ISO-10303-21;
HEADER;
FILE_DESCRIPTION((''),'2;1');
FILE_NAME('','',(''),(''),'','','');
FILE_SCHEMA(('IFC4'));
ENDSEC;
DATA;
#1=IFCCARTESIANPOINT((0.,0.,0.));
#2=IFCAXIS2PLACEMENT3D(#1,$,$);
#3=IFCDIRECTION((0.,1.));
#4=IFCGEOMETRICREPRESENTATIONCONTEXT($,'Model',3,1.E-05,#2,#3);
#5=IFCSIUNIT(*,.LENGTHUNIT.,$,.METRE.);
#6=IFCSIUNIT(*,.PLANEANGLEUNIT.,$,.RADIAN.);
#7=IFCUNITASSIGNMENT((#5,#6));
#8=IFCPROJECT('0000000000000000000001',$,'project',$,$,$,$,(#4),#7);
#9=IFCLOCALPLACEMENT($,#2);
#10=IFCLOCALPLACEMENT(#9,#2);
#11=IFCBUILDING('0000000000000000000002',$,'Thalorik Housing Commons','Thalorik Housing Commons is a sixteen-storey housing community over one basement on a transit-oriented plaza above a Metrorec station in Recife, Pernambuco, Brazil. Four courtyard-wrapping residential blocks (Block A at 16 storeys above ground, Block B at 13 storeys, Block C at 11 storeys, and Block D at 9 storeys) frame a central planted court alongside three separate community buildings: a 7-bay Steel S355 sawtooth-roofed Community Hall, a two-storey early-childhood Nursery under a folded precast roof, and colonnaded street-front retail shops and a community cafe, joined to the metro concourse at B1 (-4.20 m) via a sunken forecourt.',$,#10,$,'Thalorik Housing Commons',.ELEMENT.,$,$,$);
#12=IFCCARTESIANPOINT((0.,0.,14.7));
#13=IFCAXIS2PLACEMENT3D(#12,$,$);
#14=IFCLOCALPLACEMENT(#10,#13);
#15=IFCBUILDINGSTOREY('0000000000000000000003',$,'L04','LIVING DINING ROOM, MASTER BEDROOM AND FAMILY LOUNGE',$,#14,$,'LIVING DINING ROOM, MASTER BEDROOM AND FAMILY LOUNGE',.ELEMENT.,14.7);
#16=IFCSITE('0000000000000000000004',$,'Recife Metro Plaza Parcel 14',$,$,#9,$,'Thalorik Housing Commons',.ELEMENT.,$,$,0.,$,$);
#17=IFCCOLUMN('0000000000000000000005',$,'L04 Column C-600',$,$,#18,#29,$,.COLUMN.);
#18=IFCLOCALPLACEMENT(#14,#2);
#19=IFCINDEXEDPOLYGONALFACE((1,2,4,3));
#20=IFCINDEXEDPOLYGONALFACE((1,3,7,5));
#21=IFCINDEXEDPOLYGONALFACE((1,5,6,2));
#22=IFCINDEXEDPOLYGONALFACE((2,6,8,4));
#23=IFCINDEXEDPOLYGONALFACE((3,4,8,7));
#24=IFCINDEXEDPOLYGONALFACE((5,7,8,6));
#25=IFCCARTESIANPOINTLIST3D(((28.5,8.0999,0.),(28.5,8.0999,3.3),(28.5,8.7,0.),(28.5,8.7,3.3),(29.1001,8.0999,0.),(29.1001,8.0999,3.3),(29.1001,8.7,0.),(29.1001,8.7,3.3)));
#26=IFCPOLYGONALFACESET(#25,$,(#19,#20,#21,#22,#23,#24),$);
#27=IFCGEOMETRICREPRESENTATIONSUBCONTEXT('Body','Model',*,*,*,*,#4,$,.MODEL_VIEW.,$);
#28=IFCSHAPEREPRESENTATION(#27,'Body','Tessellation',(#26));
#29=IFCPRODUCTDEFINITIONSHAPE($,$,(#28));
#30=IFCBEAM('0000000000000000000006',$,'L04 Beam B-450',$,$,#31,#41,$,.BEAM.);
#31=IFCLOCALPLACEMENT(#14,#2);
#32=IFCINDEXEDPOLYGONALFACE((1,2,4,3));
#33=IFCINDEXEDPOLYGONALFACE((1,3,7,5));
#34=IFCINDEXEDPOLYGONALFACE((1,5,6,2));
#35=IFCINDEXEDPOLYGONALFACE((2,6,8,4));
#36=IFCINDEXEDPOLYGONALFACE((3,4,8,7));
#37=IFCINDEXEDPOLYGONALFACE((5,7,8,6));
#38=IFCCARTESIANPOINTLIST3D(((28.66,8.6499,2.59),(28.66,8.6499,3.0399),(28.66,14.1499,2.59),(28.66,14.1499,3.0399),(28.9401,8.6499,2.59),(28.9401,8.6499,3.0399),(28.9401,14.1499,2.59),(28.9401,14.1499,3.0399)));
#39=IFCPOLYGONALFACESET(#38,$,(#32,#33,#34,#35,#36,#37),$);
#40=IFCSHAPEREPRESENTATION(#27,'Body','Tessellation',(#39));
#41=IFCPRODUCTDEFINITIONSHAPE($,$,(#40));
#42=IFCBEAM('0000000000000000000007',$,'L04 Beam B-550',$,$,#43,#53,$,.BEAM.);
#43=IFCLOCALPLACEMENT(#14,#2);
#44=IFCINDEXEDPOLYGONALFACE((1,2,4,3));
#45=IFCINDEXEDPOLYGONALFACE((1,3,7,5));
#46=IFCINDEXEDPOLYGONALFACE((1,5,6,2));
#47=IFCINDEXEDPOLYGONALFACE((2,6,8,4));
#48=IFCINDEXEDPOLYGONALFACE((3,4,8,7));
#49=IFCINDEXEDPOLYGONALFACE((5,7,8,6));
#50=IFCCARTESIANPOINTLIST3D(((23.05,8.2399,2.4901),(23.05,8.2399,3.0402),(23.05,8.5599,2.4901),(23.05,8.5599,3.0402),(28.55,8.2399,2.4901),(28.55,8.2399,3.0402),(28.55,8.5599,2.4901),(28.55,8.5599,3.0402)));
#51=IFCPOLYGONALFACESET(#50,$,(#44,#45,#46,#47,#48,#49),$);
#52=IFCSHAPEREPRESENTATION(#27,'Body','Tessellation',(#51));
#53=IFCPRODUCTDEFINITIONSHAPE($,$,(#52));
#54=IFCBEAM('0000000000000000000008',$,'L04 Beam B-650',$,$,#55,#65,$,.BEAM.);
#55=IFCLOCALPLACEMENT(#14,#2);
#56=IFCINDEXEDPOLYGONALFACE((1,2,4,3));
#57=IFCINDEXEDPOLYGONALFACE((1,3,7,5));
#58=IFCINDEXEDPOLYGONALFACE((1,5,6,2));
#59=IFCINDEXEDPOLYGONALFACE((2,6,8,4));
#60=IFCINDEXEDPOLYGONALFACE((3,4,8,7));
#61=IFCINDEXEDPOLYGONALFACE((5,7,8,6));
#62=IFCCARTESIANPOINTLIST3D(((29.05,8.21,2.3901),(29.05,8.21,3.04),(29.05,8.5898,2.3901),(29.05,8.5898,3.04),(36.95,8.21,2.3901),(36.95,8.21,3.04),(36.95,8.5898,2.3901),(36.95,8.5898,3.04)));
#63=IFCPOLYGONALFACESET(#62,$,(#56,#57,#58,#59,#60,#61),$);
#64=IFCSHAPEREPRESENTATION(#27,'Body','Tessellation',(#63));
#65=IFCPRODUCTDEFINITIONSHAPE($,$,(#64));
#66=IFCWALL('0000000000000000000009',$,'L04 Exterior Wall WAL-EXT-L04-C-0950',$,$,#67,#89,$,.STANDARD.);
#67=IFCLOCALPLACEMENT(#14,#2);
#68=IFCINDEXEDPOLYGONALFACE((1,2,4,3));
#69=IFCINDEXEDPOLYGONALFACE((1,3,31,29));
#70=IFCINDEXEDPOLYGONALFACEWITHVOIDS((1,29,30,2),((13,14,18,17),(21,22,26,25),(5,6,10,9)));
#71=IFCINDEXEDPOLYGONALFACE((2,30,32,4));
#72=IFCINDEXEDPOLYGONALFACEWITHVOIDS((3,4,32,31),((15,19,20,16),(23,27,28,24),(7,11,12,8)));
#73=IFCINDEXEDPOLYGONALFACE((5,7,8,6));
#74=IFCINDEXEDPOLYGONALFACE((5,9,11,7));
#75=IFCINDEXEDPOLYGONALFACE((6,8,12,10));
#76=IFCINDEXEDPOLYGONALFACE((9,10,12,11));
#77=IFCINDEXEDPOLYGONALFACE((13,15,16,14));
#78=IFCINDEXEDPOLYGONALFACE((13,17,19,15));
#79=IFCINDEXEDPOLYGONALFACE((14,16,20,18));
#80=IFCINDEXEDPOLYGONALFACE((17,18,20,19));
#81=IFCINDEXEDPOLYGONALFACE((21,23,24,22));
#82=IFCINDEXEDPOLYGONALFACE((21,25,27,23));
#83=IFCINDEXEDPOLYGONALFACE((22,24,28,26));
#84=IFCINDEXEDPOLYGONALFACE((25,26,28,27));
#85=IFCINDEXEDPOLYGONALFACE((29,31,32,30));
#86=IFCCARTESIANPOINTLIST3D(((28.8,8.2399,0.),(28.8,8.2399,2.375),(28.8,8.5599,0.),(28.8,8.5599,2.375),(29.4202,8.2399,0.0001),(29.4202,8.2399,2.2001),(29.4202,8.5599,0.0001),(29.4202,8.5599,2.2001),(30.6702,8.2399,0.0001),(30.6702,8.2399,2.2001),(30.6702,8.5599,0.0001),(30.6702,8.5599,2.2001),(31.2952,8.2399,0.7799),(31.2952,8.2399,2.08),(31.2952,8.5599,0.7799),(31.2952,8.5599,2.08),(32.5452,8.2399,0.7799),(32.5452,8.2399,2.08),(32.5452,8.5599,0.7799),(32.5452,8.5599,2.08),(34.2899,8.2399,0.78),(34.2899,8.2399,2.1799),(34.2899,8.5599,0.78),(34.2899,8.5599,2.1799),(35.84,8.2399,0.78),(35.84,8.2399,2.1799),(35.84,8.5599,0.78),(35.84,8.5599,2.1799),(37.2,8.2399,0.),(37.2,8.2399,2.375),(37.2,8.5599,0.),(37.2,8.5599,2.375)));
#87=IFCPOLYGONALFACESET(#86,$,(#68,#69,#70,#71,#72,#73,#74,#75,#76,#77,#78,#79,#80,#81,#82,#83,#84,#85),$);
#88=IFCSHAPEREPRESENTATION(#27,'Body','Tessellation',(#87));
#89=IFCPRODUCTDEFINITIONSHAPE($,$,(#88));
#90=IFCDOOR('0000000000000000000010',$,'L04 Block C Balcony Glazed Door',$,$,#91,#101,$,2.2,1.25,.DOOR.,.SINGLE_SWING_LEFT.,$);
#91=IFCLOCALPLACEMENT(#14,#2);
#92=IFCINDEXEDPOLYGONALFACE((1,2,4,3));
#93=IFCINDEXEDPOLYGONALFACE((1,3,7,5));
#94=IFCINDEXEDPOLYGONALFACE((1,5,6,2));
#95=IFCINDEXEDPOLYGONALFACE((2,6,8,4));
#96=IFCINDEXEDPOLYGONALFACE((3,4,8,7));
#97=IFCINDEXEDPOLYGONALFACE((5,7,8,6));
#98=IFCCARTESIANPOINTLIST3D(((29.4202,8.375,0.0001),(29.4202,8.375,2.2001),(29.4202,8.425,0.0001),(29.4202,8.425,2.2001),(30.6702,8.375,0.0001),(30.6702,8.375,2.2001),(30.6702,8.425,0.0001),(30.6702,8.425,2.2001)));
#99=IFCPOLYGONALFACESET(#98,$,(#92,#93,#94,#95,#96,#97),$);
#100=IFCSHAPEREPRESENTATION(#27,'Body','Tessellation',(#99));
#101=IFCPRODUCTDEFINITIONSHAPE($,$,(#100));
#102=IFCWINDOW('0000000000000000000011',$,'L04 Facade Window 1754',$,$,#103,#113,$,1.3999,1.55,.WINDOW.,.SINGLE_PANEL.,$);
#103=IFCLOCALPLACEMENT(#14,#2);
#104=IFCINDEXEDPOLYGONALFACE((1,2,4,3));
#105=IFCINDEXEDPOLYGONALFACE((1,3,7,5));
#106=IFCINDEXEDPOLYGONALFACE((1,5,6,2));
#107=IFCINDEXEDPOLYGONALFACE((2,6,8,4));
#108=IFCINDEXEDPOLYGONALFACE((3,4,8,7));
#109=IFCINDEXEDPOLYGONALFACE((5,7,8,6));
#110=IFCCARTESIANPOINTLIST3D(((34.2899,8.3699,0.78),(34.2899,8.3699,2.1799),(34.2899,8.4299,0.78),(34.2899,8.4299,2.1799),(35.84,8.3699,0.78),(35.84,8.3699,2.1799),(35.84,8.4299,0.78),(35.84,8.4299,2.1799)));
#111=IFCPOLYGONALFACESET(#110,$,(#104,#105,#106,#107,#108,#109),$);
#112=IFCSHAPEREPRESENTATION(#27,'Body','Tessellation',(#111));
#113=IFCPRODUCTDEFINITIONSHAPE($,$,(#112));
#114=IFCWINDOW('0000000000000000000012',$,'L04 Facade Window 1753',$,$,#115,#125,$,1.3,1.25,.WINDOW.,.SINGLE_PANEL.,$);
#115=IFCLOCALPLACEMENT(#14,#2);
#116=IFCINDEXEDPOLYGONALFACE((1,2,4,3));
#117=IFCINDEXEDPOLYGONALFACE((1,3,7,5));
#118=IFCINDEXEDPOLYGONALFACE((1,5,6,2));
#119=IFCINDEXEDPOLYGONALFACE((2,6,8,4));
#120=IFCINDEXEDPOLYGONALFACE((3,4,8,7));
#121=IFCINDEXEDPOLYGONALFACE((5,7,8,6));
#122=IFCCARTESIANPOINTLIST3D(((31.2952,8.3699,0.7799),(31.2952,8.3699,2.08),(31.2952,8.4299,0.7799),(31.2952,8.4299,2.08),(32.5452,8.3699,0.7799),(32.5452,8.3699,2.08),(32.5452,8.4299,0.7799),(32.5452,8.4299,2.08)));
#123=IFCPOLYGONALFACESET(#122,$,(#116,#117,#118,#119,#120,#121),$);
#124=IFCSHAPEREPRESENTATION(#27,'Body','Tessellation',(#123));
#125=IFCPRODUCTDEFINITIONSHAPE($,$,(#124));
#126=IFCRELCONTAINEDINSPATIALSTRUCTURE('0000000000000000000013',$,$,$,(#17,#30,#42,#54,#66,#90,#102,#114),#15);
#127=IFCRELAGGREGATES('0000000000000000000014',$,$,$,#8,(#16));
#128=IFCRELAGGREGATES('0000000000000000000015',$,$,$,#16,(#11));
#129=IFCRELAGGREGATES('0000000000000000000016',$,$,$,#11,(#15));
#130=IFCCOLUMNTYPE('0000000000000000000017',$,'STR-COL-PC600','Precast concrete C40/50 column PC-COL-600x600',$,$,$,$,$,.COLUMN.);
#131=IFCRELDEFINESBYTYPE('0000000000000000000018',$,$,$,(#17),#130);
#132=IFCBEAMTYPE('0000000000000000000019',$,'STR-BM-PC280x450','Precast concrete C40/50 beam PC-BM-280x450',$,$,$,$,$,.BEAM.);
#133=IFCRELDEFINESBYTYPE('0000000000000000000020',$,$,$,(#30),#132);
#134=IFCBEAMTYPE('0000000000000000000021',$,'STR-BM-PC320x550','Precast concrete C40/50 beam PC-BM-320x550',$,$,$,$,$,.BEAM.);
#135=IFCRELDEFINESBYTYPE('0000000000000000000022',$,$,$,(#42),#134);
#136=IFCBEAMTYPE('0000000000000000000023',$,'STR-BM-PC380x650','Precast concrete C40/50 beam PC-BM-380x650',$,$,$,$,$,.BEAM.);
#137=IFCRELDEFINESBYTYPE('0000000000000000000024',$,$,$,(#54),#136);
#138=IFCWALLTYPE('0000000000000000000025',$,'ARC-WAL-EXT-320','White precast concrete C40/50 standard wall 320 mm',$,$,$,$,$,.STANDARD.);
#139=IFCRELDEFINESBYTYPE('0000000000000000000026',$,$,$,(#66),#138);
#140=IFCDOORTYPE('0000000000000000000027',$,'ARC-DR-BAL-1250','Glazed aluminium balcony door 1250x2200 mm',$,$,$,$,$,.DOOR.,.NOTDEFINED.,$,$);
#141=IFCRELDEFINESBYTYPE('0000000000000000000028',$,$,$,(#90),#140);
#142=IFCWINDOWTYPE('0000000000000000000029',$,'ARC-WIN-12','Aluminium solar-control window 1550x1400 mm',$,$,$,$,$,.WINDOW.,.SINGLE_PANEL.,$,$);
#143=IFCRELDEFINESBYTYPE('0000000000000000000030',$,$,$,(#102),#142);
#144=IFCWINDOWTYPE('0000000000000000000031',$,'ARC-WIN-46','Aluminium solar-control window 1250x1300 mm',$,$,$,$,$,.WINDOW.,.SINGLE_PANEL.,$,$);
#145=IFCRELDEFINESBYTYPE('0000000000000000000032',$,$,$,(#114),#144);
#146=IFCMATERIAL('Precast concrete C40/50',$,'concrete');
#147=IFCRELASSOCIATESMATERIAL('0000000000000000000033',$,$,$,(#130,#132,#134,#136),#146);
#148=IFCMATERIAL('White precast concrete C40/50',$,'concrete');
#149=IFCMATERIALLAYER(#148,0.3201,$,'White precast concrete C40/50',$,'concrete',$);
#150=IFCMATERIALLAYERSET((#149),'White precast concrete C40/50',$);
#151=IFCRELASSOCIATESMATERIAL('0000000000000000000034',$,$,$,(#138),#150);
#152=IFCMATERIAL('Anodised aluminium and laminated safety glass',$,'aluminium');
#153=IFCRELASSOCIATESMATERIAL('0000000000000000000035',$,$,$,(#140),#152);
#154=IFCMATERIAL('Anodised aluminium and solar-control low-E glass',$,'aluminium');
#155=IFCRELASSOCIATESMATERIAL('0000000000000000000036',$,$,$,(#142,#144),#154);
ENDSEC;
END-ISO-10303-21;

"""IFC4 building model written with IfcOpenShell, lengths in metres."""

from ifc_helpers import new_model, si_unit, direction, frame, frame_2d, origin, origin_2d, place, context, subcontext, project, spatial, rectangle, extrude, material, layer, layer_set, material_profile, profile_set, type_object, element, fill, save


model = new_model("IFC4")

# Units and contexts
model_context = context("Model", 3, precision=1e-05, world=origin(), true_north=direction((0.0, 1.0)))
body_context = subcontext(model_context, "Body", "Model", "MODEL_VIEW")
ifc_project = project(units=[si_unit("LENGTHUNIT", "METRE"), si_unit("PLANEANGLEUNIT", "RADIAN")], contexts=[model_context])

# Site, building, storey
site_placement = place(None, origin())
site = spatial("IfcSite", under=ifc_project, at=site_placement, Name="Recife Metro Plaza Parcel 14", LongName="Thalorik Housing Commons", CompositionType="ELEMENT", RefElevation=0.0)
building_placement = place(site_placement, origin())
building = spatial("IfcBuilding", under=site, at=building_placement, Name="Thalorik Housing Commons", Description="Thalorik Housing Commons is a sixteen-storey housing community over one basement on a transit-oriented plaza above a Metrorec station in Recife, Pernambuco, Brazil. Four courtyard-wrapping residential blocks (Block A at 16 storeys above ground, Block B at 13 storeys, Block C at 11 storeys, and Block D at 9 storeys) frame a central planted court alongside three separate community buildings: a 7-bay Steel S355 sawtooth-roofed Community Hall, a two-storey early-childhood Nursery under a folded precast roof, and colonnaded street-front retail shops and a community cafe, joined to the metro concourse at B1 (-4.20 m) via a sunken forecourt.", LongName="Thalorik Housing Commons", CompositionType="ELEMENT")
storey_placement = place(building_placement, frame((0.0, 0.0, 14.7)))
storey = spatial("IfcBuildingStorey", under=building, at=storey_placement, Name="L04", Description="LIVING DINING ROOM, MASTER BEDROOM AND FAMILY LOUNGE", LongName="LIVING DINING ROOM, MASTER BEDROOM AND FAMILY LOUNGE", CompositionType="ELEMENT", Elevation=14.7)

# Column
ifc_material_1 = material(Name="Precast concrete C40/50", Category="concrete")
ifc_material_profile_1 = material_profile(ifc_material_1, rectangle(XDim=0.6001, YDim=0.6001, at=origin_2d()), Name="PC 600x600", Category="concrete")
ifc_profile_set_1 = profile_set([ifc_material_profile_1], Name="Precast concrete C40/50")
column_type = type_object("IfcColumnType", Name="STR-COL-PC600", Description="Precast concrete C40/50 column PC-COL-600x600", PredefinedType="COLUMN", material=ifc_profile_set_1)
column_placement = place(storey_placement, frame((28.8, 8.3999, 0.0), z_axis=(0.0, 0.0, 1.0), x_axis=(1.0, 0.0, 0.0)))
element("IfcColumn", 1, at=column_placement, inside=storey, type_object=column_type, Name="L04 Column C-600", PredefinedType="COLUMN", context=body_context, shape_type="SweptSolid", body=[
    extrude(rectangle(XDim=0.6001, YDim=0.6001, at=origin_2d()), origin(), (0.0, 0.0, 1.0), 3.3),
])

# Beams
ifc_material_profile_2 = material_profile(ifc_material_1, rectangle(XDim=0.28, YDim=0.45, at=origin_2d()), Name="PC 280x450", Category="concrete")
ifc_profile_set_2 = profile_set([ifc_material_profile_2], Name="Precast concrete C40/50")
beam_type_1 = type_object("IfcBeamType", Name="STR-BM-PC280x450", Description="Precast concrete C40/50 beam PC-BM-280x450", PredefinedType="BEAM", material=ifc_profile_set_2)
beam_1_placement = place(storey_placement, frame((28.8, 8.6499, 2.8149), z_axis=(0.0, 1.0, 0.0), x_axis=(-1.0, 0.0, 0.0)))
element("IfcBeam", 2, at=beam_1_placement, inside=storey, type_object=beam_type_1, Name="L04 Beam B-450", PredefinedType="BEAM", context=body_context, shape_type="SweptSolid", body=[
    extrude(rectangle(XDim=0.28, YDim=0.45, at=origin_2d()), origin(), (0.0, 0.0, 1.0), 5.5),
])
ifc_material_profile_3 = material_profile(ifc_material_1, rectangle(XDim=0.3201, YDim=0.55, at=origin_2d()), Name="PC 320x550", Category="concrete")
ifc_profile_set_3 = profile_set([ifc_material_profile_3], Name="Precast concrete C40/50")
beam_type_2 = type_object("IfcBeamType", Name="STR-BM-PC320x550", Description="Precast concrete C40/50 beam PC-BM-320x550", PredefinedType="BEAM", material=ifc_profile_set_3)
beam_2_placement = place(storey_placement, frame((23.05, 8.3999, 2.7651), z_axis=(1.0, 0.0, 0.0), x_axis=(0.0, 1.0, 0.0)))
element("IfcBeam", 3, at=beam_2_placement, inside=storey, type_object=beam_type_2, Name="L04 Beam B-550", PredefinedType="BEAM", context=body_context, shape_type="SweptSolid", body=[
    extrude(rectangle(XDim=0.3201, YDim=0.55, at=origin_2d()), origin(), (0.0, 0.0, 1.0), 5.5),
])
ifc_material_profile_4 = material_profile(ifc_material_1, rectangle(XDim=0.3799, YDim=0.6499, at=origin_2d()), Name="PC 380x650", Category="concrete")
ifc_profile_set_4 = profile_set([ifc_material_profile_4], Name="Precast concrete C40/50")
beam_type_3 = type_object("IfcBeamType", Name="STR-BM-PC380x650", Description="Precast concrete C40/50 beam PC-BM-380x650", PredefinedType="BEAM", material=ifc_profile_set_4)
beam_3_placement = place(storey_placement, frame((29.05, 8.3999, 2.7151), z_axis=(1.0, 0.0, 0.0), x_axis=(0.0, 1.0, 0.0)))
element("IfcBeam", 4, at=beam_3_placement, inside=storey, type_object=beam_type_3, Name="L04 Beam B-650", PredefinedType="BEAM", context=body_context, shape_type="SweptSolid", body=[
    extrude(rectangle(XDim=0.3799, YDim=0.6499, at=origin_2d()), origin(), (0.0, 0.0, 1.0), 7.8999),
])

# Wall, openings, door, windows
ifc_material_2 = material(Name="White precast concrete C40/50", Category="concrete")
ifc_layer_1 = layer(ifc_material_2, 0.3201, Name="White precast concrete C40/50", Category="concrete")
ifc_layer_set_1 = layer_set([ifc_layer_1], Name="White precast concrete C40/50")
wall_type_1 = type_object("IfcWallType", Name="ARC-WAL-EXT-320", Description="White precast concrete C40/50 standard wall 320 mm", PredefinedType="STANDARD", material=ifc_layer_set_1)
wall_1_placement = place(storey_placement, frame((28.8, 8.3999, 0.0), z_axis=(0.0, 0.0, 1.0), x_axis=(1.0, 0.0, 0.0)))
wall_1 = element("IfcWall", 5, at=wall_1_placement, inside=storey, type_object=wall_type_1, Name="L04 Exterior Wall WAL-EXT-L04-C-0950", PredefinedType="STANDARD", context=body_context, shape_type="SweptSolid", body=[
    extrude(rectangle(XDim=8.3999, YDim=0.3201, at=frame_2d((4.2, 0.0))), origin(), (0.0, 0.0, 1.0), 2.375),
])
opening_1_placement = place(wall_1_placement, frame((0.6201, 0.0, 0.0)))
opening_1 = element("IfcOpeningElement", 6, at=opening_1_placement, cuts=wall_1, PredefinedType="OPENING", context=body_context, shape_type="SweptSolid", body=[
    extrude(rectangle(XDim=1.25, YDim=2.2, at=frame_2d((0.625, 1.1001))), frame((0.0, 0.1699, 0.0), z_axis=(0.0, -1.0, 0.0), x_axis=(1.0, 0.0, 0.0)), (0.0, 0.0, 1.0), 0.3401),
])
opening_2_placement = place(wall_1_placement, frame((2.4951, 0.0, 0.78)))
opening_2 = element("IfcOpeningElement", 7, at=opening_2_placement, cuts=wall_1, PredefinedType="OPENING", context=body_context, shape_type="SweptSolid", body=[
    extrude(rectangle(XDim=1.25, YDim=1.3, at=frame_2d((0.625, 0.6499))), frame((0.0, 0.1699, 0.0), z_axis=(0.0, -1.0, 0.0), x_axis=(1.0, 0.0, 0.0)), (0.0, 0.0, 1.0), 0.3401),
])
opening_3_placement = place(wall_1_placement, frame((5.49, 0.0, 0.78)))
opening_3 = element("IfcOpeningElement", 8, at=opening_3_placement, cuts=wall_1, PredefinedType="OPENING", context=body_context, shape_type="SweptSolid", body=[
    extrude(rectangle(XDim=1.55, YDim=1.3999, at=frame_2d((0.7749, 0.7))), frame((0.0, 0.1699, 0.0), z_axis=(0.0, -1.0, 0.0), x_axis=(1.0, 0.0, 0.0)), (0.0, 0.0, 1.0), 0.3401),
])
ifc_material_3 = material(Name="Anodised aluminium and laminated safety glass", Category="aluminium")
door_type_1 = type_object("IfcDoorType", Name="ARC-DR-BAL-1250", Description="Glazed aluminium balcony door 1250x2200 mm", OperationType="NOTDEFINED", PredefinedType="DOOR", material=ifc_material_3)
door_1_placement = place(opening_1_placement, frame((1.25, 0.0, 0.0), z_axis=(0.0, 0.0, 1.0), x_axis=(-1.0, 0.0, 0.0)))
door_1 = element("IfcDoor", 9, at=door_1_placement, inside=storey, type_object=door_type_1, Name="L04 Block C Balcony Glazed Door", OperationType="SINGLE_SWING_LEFT", OverallHeight=2.2, OverallWidth=1.25, PredefinedType="DOOR", context=body_context, shape_type="SweptSolid", body=[
    extrude(rectangle(XDim=1.25, YDim=2.2, at=frame_2d((0.625, 1.1001))), frame((0.0, 0.0249, 0.0), z_axis=(0.0, -1.0, 0.0), x_axis=(1.0, 0.0, 0.0)), (0.0, 0.0, 1.0), 0.05),
])
fill(opening_1, door_1)
ifc_material_4 = material(Name="Anodised aluminium and solar-control low-E glass", Category="aluminium")
window_type_1 = type_object("IfcWindowType", Name="ARC-WIN-12", Description="Aluminium solar-control window 1550x1400 mm", PartitioningType="SINGLE_PANEL", PredefinedType="WINDOW", material=ifc_material_4)
window_1_placement = place(opening_3_placement, origin())
window_1 = element("IfcWindow", 10, at=window_1_placement, inside=storey, type_object=window_type_1, Name="L04 Facade Window 1754", OverallHeight=1.3999, OverallWidth=1.55, PartitioningType="SINGLE_PANEL", PredefinedType="WINDOW", context=body_context, shape_type="SweptSolid", body=[
    extrude(rectangle(XDim=1.55, YDim=1.3999, at=frame_2d((0.7749, 0.7))), frame((0.0, 0.03, 0.0), z_axis=(0.0, -1.0, 0.0), x_axis=(1.0, 0.0, 0.0)), (0.0, 0.0, 1.0), 0.0601),
])
fill(opening_3, window_1)
window_type_2 = type_object("IfcWindowType", Name="ARC-WIN-46", Description="Aluminium solar-control window 1250x1300 mm", PartitioningType="SINGLE_PANEL", PredefinedType="WINDOW", material=ifc_material_4)
window_2_placement = place(opening_2_placement, origin())
window_2 = element("IfcWindow", 11, at=window_2_placement, inside=storey, type_object=window_type_2, Name="L04 Facade Window 1753", OverallHeight=1.3, OverallWidth=1.25, PartitioningType="SINGLE_PANEL", PredefinedType="WINDOW", context=body_context, shape_type="SweptSolid", body=[
    extrude(rectangle(XDim=1.25, YDim=1.3, at=frame_2d((0.625, 0.6499))), frame((0.0, 0.03, 0.0), z_axis=(0.0, -1.0, 0.0), x_axis=(1.0, 0.0, 0.0)), (0.0, 0.0, 1.0), 0.0601),
])
fill(opening_2, window_2)

save(model, "model.ifc")
